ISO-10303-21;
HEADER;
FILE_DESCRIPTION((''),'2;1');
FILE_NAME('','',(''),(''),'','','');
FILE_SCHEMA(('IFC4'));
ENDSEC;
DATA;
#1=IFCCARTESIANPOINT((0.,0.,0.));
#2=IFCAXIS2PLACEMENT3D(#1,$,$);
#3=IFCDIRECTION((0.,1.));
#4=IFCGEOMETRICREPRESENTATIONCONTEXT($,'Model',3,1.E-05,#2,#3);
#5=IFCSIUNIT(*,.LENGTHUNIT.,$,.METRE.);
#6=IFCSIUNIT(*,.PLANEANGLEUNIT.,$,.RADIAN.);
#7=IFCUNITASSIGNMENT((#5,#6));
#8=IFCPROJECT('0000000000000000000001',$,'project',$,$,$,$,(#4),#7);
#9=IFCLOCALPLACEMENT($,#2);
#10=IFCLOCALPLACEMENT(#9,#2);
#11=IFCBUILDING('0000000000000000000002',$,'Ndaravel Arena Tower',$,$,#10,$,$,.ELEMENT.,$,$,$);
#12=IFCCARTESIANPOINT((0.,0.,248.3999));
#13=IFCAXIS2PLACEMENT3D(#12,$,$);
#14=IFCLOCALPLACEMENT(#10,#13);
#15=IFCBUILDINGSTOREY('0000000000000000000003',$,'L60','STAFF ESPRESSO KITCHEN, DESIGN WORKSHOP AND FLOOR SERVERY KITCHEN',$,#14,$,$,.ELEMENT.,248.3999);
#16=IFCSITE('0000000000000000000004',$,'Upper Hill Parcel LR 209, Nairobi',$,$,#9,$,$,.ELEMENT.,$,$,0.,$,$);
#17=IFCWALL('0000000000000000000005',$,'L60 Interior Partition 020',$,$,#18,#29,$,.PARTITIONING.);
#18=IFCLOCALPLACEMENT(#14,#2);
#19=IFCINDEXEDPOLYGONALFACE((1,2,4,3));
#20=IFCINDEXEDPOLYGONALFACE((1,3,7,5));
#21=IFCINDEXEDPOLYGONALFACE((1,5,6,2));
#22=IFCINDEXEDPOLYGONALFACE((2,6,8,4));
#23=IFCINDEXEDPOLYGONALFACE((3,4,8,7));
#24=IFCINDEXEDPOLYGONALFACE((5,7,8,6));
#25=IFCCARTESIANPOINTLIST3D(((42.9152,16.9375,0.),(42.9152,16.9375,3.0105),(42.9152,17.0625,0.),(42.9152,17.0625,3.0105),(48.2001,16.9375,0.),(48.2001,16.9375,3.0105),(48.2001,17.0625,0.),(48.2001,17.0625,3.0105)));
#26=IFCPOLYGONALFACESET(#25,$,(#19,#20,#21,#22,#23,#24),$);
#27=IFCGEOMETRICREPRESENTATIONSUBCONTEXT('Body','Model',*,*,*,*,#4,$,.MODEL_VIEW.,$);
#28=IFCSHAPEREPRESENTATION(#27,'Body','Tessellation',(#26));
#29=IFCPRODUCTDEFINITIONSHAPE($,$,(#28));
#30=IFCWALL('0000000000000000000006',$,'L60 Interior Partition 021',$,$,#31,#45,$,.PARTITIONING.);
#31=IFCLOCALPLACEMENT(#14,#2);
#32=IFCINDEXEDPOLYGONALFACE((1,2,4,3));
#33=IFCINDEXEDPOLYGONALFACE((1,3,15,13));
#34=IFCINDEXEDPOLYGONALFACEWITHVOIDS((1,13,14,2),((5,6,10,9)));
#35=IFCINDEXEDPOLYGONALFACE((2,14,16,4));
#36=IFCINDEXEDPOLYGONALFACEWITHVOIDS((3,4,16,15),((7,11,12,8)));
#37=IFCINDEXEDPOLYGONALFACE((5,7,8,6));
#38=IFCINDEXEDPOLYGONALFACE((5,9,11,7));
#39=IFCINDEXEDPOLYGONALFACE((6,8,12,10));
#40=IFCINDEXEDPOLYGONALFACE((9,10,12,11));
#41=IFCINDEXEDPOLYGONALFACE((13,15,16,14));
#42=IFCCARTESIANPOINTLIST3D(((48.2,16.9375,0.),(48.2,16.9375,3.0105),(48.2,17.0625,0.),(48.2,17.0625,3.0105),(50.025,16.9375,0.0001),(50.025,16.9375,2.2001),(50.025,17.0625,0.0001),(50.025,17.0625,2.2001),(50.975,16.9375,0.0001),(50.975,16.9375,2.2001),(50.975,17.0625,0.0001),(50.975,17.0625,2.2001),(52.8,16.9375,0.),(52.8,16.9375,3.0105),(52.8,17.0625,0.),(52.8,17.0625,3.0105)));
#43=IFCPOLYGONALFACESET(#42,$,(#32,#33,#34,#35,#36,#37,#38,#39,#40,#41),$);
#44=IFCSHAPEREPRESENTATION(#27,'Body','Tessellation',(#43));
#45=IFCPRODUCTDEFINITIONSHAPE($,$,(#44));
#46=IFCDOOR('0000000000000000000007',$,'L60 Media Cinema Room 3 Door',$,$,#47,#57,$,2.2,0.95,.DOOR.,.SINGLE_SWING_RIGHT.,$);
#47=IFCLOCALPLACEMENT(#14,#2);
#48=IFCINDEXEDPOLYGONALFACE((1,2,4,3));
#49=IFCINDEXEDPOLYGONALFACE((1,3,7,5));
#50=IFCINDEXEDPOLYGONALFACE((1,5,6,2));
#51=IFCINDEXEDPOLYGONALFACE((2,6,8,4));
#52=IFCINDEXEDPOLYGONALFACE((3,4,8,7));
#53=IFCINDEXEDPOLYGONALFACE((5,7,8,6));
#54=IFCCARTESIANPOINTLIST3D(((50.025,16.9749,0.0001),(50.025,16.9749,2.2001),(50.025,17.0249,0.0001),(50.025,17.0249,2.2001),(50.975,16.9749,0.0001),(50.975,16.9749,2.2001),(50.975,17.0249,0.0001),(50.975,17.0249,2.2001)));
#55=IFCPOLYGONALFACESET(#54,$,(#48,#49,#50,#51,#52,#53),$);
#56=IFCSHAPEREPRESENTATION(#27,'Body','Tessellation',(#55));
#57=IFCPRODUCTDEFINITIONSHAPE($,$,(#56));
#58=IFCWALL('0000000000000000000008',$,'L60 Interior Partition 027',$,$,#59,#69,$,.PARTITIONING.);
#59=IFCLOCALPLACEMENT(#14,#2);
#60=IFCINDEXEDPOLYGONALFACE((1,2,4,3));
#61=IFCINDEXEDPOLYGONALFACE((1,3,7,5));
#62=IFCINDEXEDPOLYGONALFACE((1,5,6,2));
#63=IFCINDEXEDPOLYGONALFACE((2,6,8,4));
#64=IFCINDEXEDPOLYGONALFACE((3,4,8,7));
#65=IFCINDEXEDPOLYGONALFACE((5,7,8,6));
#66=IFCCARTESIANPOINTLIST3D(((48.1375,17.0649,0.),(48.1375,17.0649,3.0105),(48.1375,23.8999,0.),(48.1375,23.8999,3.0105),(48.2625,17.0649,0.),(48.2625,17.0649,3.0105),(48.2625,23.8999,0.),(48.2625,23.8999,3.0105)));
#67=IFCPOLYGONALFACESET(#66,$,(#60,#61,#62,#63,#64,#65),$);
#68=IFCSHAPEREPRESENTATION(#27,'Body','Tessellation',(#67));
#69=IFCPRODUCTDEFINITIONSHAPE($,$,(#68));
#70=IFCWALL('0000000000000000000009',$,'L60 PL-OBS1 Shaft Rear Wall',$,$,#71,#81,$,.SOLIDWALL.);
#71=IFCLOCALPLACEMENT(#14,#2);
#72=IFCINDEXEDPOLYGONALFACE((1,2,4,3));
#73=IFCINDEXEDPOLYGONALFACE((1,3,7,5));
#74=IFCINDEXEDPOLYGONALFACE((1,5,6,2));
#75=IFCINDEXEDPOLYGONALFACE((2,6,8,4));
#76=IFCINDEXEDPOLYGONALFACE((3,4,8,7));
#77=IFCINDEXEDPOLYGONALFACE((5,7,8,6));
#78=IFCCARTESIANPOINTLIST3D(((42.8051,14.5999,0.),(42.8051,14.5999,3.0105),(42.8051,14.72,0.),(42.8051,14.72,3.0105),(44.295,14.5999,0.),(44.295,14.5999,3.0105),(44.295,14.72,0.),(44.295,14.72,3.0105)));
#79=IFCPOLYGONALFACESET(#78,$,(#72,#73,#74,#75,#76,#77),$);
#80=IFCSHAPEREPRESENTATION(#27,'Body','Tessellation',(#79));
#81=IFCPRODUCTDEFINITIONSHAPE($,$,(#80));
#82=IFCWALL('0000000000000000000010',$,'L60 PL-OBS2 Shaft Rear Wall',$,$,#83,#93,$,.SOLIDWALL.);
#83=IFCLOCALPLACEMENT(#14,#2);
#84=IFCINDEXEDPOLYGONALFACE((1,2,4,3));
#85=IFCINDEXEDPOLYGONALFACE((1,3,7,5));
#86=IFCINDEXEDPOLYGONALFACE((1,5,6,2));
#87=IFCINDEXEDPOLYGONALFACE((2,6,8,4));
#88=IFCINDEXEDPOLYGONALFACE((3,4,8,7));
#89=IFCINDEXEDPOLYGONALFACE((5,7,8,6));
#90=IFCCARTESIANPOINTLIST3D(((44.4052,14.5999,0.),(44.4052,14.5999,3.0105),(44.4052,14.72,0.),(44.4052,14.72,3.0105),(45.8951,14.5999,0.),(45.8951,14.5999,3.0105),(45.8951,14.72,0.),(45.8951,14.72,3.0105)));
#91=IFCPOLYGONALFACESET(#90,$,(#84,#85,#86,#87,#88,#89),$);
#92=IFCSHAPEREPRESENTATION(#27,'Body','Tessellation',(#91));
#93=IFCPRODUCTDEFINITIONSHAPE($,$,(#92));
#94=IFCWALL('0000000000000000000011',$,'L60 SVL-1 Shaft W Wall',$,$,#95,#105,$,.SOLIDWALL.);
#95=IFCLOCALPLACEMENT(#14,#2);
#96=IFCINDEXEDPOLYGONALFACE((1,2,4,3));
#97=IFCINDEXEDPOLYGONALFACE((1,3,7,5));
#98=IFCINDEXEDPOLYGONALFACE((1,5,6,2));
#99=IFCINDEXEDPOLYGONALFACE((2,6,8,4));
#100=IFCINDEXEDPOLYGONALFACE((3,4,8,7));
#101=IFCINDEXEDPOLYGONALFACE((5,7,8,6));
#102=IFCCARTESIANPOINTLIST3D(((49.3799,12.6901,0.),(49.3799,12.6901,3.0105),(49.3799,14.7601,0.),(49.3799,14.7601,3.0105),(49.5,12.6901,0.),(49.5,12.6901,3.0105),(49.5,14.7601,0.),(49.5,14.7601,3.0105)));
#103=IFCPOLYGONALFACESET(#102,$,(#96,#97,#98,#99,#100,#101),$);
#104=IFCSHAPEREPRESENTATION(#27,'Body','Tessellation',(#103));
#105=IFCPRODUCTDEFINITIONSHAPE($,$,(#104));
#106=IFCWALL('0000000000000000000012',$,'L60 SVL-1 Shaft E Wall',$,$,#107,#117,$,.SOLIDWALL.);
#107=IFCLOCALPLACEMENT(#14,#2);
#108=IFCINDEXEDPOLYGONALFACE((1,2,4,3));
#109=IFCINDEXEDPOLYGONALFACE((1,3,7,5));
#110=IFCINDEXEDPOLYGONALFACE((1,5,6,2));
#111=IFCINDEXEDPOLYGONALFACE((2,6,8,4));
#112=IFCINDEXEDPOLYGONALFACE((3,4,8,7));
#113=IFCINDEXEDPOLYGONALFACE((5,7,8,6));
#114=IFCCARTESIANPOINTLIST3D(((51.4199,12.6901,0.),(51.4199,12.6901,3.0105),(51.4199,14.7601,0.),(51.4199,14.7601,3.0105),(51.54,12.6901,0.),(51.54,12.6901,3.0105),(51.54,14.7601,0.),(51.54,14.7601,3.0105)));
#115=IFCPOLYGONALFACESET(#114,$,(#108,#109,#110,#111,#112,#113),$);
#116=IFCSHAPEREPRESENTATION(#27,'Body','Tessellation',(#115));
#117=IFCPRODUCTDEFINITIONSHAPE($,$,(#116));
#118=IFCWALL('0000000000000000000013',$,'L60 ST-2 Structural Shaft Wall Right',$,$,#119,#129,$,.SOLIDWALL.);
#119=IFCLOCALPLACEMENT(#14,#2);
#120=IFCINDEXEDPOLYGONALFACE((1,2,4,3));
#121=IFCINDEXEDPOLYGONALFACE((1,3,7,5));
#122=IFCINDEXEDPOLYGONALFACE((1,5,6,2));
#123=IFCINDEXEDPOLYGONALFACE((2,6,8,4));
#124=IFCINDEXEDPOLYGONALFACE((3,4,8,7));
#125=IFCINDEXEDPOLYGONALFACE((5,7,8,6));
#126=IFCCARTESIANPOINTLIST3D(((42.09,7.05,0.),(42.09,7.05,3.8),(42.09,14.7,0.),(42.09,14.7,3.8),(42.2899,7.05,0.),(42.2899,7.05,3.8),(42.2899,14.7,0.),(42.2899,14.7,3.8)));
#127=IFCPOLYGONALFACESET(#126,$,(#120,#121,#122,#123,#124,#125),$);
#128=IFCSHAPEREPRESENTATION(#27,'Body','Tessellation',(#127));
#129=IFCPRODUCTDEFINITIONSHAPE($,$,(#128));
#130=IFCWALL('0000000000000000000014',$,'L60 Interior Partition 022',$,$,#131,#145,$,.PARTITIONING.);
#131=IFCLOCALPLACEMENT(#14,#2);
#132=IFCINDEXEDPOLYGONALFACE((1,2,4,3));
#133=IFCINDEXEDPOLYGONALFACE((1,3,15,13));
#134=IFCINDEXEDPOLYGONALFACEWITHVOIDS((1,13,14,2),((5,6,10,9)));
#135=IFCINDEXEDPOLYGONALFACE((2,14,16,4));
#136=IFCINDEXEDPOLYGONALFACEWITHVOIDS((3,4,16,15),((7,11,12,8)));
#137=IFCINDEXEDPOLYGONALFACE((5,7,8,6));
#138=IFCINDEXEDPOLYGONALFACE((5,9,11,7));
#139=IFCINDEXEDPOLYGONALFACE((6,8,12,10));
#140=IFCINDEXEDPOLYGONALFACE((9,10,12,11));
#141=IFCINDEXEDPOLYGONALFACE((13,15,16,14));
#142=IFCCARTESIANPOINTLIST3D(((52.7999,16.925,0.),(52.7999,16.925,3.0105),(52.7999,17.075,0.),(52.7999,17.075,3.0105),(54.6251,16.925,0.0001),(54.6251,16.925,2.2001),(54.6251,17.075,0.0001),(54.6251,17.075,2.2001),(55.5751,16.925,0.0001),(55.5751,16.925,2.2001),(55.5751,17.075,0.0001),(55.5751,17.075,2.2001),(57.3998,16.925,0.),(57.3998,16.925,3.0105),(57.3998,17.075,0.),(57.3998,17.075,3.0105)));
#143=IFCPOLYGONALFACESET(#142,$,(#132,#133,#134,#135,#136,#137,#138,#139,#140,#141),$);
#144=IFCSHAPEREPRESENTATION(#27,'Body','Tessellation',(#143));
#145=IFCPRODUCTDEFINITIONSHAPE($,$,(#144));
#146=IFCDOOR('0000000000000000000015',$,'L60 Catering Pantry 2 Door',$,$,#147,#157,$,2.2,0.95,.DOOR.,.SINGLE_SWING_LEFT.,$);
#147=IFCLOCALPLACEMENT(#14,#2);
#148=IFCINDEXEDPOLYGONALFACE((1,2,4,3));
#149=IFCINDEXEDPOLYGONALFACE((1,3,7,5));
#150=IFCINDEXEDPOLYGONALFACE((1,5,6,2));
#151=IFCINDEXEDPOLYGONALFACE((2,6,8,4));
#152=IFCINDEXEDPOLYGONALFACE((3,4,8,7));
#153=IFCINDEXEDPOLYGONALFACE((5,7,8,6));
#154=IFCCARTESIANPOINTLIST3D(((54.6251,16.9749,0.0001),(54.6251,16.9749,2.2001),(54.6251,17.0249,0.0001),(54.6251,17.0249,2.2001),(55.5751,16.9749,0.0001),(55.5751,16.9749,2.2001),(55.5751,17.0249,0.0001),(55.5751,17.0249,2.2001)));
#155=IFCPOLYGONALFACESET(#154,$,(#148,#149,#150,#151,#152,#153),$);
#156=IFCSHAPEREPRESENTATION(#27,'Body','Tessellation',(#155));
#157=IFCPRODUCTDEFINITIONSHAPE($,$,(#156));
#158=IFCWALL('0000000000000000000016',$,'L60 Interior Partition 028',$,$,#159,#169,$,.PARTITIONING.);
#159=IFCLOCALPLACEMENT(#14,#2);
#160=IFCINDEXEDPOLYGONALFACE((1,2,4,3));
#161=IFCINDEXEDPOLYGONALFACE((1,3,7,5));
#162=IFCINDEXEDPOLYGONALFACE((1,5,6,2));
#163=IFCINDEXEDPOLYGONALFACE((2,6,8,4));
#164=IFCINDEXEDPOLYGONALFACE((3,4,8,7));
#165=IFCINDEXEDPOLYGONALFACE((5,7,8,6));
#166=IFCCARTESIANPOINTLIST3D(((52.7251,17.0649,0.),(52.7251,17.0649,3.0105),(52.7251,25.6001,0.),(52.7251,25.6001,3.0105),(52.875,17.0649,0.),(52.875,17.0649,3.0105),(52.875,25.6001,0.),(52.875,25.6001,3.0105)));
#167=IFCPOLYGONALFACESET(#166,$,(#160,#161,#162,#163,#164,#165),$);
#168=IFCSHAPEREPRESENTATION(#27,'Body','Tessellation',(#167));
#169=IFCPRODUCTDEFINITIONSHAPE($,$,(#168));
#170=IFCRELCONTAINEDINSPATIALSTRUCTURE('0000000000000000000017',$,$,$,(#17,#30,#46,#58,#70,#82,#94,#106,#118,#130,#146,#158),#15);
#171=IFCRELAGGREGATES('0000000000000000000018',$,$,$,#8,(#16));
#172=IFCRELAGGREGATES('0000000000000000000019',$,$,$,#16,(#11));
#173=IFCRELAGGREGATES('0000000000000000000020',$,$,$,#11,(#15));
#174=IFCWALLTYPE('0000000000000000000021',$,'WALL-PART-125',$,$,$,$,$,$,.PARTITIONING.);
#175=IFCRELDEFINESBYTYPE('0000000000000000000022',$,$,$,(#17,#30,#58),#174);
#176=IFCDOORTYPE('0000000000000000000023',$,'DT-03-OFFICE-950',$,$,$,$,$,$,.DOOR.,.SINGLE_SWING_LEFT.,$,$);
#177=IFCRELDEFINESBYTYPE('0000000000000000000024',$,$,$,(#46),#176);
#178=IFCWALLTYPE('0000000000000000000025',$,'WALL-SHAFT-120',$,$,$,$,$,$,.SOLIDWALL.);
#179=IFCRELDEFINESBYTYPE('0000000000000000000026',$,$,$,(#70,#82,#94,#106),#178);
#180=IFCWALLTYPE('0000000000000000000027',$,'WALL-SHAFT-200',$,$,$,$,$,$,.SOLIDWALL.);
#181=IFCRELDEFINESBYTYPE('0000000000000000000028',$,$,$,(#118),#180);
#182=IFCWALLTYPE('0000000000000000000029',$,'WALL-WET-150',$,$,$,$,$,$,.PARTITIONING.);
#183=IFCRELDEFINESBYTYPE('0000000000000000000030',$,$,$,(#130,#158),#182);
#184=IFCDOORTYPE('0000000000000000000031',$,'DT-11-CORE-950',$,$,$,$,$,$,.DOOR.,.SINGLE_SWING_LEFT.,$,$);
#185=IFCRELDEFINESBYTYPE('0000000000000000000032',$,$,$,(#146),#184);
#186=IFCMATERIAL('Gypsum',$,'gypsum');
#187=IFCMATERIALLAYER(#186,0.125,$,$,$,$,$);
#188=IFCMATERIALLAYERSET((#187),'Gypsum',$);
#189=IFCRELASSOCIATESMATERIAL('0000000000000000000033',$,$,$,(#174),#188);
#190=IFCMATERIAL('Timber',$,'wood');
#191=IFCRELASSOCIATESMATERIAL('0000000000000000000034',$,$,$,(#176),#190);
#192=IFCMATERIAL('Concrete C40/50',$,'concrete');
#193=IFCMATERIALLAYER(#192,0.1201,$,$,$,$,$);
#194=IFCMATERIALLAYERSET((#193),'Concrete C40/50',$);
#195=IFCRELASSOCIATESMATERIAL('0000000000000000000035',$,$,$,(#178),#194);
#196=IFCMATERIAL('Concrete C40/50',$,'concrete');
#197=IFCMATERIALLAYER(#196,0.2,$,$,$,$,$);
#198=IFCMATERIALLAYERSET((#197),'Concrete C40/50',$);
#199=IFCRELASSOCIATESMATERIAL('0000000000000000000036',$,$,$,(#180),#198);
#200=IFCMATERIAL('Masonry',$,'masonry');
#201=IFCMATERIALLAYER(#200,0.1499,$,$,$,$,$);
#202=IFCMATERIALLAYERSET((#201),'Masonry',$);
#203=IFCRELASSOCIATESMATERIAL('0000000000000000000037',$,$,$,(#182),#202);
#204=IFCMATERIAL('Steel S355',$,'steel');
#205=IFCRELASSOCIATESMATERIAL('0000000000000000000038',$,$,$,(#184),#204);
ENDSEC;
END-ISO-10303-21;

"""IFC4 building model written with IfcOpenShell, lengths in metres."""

from ifc_helpers import new_model, si_unit, direction, frame, frame_2d, origin, place, context, subcontext, project, spatial, rectangle, extrude, material, layer, layer_set, type_object, element, fill, save


model = new_model("IFC4")

# Units and contexts
model_context = context("Model", 3, precision=1e-05, world=origin(), true_north=direction((0.0, 1.0)))
body_context = subcontext(model_context, "Body", "Model", "MODEL_VIEW")
ifc_project = project(units=[si_unit("LENGTHUNIT", "METRE"), si_unit("PLANEANGLEUNIT", "RADIAN")], contexts=[model_context])

# Site, building, storey
site_placement = place(None, origin())
site = spatial("IfcSite", under=ifc_project, at=site_placement, Name="Upper Hill Parcel LR 209, Nairobi", CompositionType="ELEMENT", RefElevation=0.0)
building_placement = place(site_placement, origin())
building = spatial("IfcBuilding", under=site, at=building_placement, Name="Ndaravel Arena Tower", CompositionType="ELEMENT")
storey_placement = place(building_placement, frame((0.0, 0.0, 248.3999)))
storey = spatial("IfcBuildingStorey", under=building, at=storey_placement, Name="L60", Description="STAFF ESPRESSO KITCHEN, DESIGN WORKSHOP AND FLOOR SERVERY KITCHEN", CompositionType="ELEMENT", Elevation=248.3999)

# Shared definitions
ifc_material_1 = material(Name="Gypsum", Category="gypsum")
ifc_layer_1 = layer(ifc_material_1, 0.125)
ifc_layer_set_1 = layer_set([ifc_layer_1], Name="Gypsum")
wall_type_1 = type_object("IfcWallType", Name="WALL-PART-125", PredefinedType="PARTITIONING", material=ifc_layer_set_1)

# Wall
wall_1_placement = place(storey_placement, frame((42.915, 17.0, 0.0), z_axis=(0.0, 0.0, 1.0), x_axis=(1.0, 0.0, 0.0)))
element("IfcWall", 1, at=wall_1_placement, inside=storey, type_object=wall_type_1, Name="L60 Interior Partition 020", PredefinedType="PARTITIONING", context=body_context, shape_type="SweptSolid", body=[
    extrude(rectangle(XDim=5.2849, YDim=0.125, at=frame_2d((2.6426, 0.0))), origin(), (0.0, 0.0, 1.0), 3.0105),
])

# Wall, opening, door
wall_2_placement = place(storey_placement, frame((48.2, 17.0, 0.0), z_axis=(0.0, 0.0, 1.0), x_axis=(1.0, 0.0, 0.0)))
wall_2 = element("IfcWall", 2, at=wall_2_placement, inside=storey, type_object=wall_type_1, Name="L60 Interior Partition 021", PredefinedType="PARTITIONING", context=body_context, shape_type="SweptSolid", body=[
    extrude(rectangle(XDim=4.6001, YDim=0.125, at=frame_2d((2.3, 0.0))), origin(), (0.0, 0.0, 1.0), 3.0105),
])
opening_1_placement = place(wall_2_placement, frame((1.825, 0.0, 0.0)))
opening_1 = element("IfcOpeningElement", 3, at=opening_1_placement, cuts=wall_2, PredefinedType="OPENING", context=body_context, shape_type="SweptSolid", body=[
    extrude(rectangle(XDim=0.95, YDim=2.2, at=frame_2d((0.4751, 1.1001))), frame((0.0, 0.0625, 0.0), z_axis=(0.0, -1.0, 0.0), x_axis=(1.0, 0.0, 0.0)), (0.0, 0.0, 1.0), 0.125),
])
ifc_material_2 = material(Name="Timber", Category="wood")
door_type_1 = type_object("IfcDoorType", Name="DT-03-OFFICE-950", OperationType="SINGLE_SWING_LEFT", PredefinedType="DOOR", material=ifc_material_2)
door_1_placement = place(opening_1_placement, origin())
door_1 = element("IfcDoor", 4, at=door_1_placement, inside=storey, type_object=door_type_1, Name="L60 Media Cinema Room 3 Door", OperationType="SINGLE_SWING_RIGHT", OverallHeight=2.2, OverallWidth=0.95, PredefinedType="DOOR", context=body_context, shape_type="SweptSolid", body=[
    extrude(rectangle(XDim=0.95, YDim=2.2, at=frame_2d((0.4751, 1.1001))), frame((0.0, 0.0249, 0.0), z_axis=(0.0, -1.0, 0.0), x_axis=(1.0, 0.0, 0.0)), (0.0, 0.0, 1.0), 0.05),
])
fill(opening_1, door_1)

# Walls
wall_3_placement = place(storey_placement, frame((48.2, 23.8999, 0.0), z_axis=(0.0, 0.0, 1.0), x_axis=(0.0, -1.0, 0.0)))
element("IfcWall", 5, at=wall_3_placement, inside=storey, type_object=wall_type_1, Name="L60 Interior Partition 027", PredefinedType="PARTITIONING", context=body_context, shape_type="SweptSolid", body=[
    extrude(rectangle(XDim=6.835, YDim=0.125, at=frame_2d((3.4175, 0.0))), origin(), (0.0, 0.0, 1.0), 3.0105),
])
ifc_material_3 = material(Name="Concrete C40/50", Category="concrete")
ifc_layer_2 = layer(ifc_material_3, 0.1201)
ifc_layer_set_2 = layer_set([ifc_layer_2], Name="Concrete C40/50")
wall_type_2 = type_object("IfcWallType", Name="WALL-SHAFT-120", PredefinedType="SOLIDWALL", material=ifc_layer_set_2)
for number, where, z_axis, x_axis, name in (
    (6, (42.8049, 14.6599, 0.0), (0.0, 0.0, 1.0), (1.0, 0.0, 0.0), "L60 PL-OBS1 Shaft Rear Wall"),
    (7, (44.405, 14.6599, 0.0), (0.0, 0.0, 1.0), (1.0, 0.0, 0.0), "L60 PL-OBS2 Shaft Rear Wall"),
):
    element("IfcWall", number, at=place(storey_placement, frame(where, z_axis=z_axis, x_axis=x_axis)), inside=storey, type_object=wall_type_2, Name=name, PredefinedType="SOLIDWALL", context=body_context, shape_type="SweptSolid", body=[
        extrude(rectangle(XDim=1.49, YDim=0.1201, at=frame_2d((0.7451, 0.0))), origin(), (0.0, 0.0, 1.0), 3.0105),
    ])
for number, where, z_axis, x_axis, name in (
    (8, (49.4399, 12.6899, 0.0), (0.0, 0.0, 1.0), (0.0, 1.0, 0.0), "L60 SVL-1 Shaft W Wall"),
    (9, (51.48, 12.6899, 0.0), (0.0, 0.0, 1.0), (0.0, 1.0, 0.0), "L60 SVL-1 Shaft E Wall"),
):
    element("IfcWall", number, at=place(storey_placement, frame(where, z_axis=z_axis, x_axis=x_axis)), inside=storey, type_object=wall_type_2, Name=name, PredefinedType="SOLIDWALL", context=body_context, shape_type="SweptSolid", body=[
        extrude(rectangle(XDim=2.0701, YDim=0.1201, at=frame_2d((1.0352, 0.0))), origin(), (0.0, 0.0, 1.0), 3.0105),
    ])
ifc_material_4 = material(Name="Concrete C40/50", Category="concrete")
ifc_layer_3 = layer(ifc_material_4, 0.2)
ifc_layer_set_3 = layer_set([ifc_layer_3], Name="Concrete C40/50")
wall_type_3 = type_object("IfcWallType", Name="WALL-SHAFT-200", PredefinedType="SOLIDWALL", material=ifc_layer_set_3)
wall_4_placement = place(storey_placement, frame((42.1899, 14.7, 0.0), z_axis=(0.0, 0.0, 1.0), x_axis=(0.0, -1.0, 0.0)))
element("IfcWall", 10, at=wall_4_placement, inside=storey, type_object=wall_type_3, Name="L60 ST-2 Structural Shaft Wall Right", PredefinedType="SOLIDWALL", context=body_context, shape_type="SweptSolid", body=[
    extrude(rectangle(XDim=7.6499, YDim=0.2, at=frame_2d((3.825, 0.0))), origin(), (0.0, 0.0, 1.0), 3.8),
])

# Wall, opening, door
ifc_material_5 = material(Name="Masonry", Category="masonry")
ifc_layer_4 = layer(ifc_material_5, 0.1499)
ifc_layer_set_4 = layer_set([ifc_layer_4], Name="Masonry")
wall_type_4 = type_object("IfcWallType", Name="WALL-WET-150", PredefinedType="PARTITIONING", material=ifc_layer_set_4)
wall_5_placement = place(storey_placement, frame((52.8, 17.0, 0.0), z_axis=(0.0, 0.0, 1.0), x_axis=(1.0, 0.0, 0.0)))
wall_5 = element("IfcWall", 11, at=wall_5_placement, inside=storey, type_object=wall_type_4, Name="L60 Interior Partition 022", PredefinedType="PARTITIONING", context=body_context, shape_type="SweptSolid", body=[
    extrude(rectangle(XDim=4.5999, YDim=0.1499, at=frame_2d((2.2998, 0.0))), origin(), (0.0, 0.0, 1.0), 3.0105),
])
opening_2_placement = place(wall_5_placement, frame((1.825, 0.0, 0.0)))
opening_2 = element("IfcOpeningElement", 12, at=opening_2_placement, cuts=wall_5, PredefinedType="OPENING", context=body_context, shape_type="SweptSolid", body=[
    extrude(rectangle(XDim=0.95, YDim=2.2, at=frame_2d((0.4751, 1.1001))), frame((0.0, 0.075, 0.0), z_axis=(0.0, -1.0, 0.0), x_axis=(1.0, 0.0, 0.0)), (0.0, 0.0, 1.0), 0.1499),
])
ifc_material_6 = material(Name="Steel S355", Category="steel")
door_type_2 = type_object("IfcDoorType", Name="DT-11-CORE-950", OperationType="SINGLE_SWING_LEFT", PredefinedType="DOOR", material=ifc_material_6)
door_2_placement = place(opening_2_placement, origin())
door_2 = element("IfcDoor", 13, at=door_2_placement, inside=storey, type_object=door_type_2, Name="L60 Catering Pantry 2 Door", OperationType="SINGLE_SWING_LEFT", OverallHeight=2.2, OverallWidth=0.95, PredefinedType="DOOR", context=body_context, shape_type="SweptSolid", body=[
    extrude(rectangle(XDim=0.95, YDim=2.2, at=frame_2d((0.4751, 1.1001))), frame((0.0, 0.0249, 0.0), z_axis=(0.0, -1.0, 0.0), x_axis=(1.0, 0.0, 0.0)), (0.0, 0.0, 1.0), 0.05),
])
fill(opening_2, door_2)

# Wall
wall_6_placement = place(storey_placement, frame((52.8, 17.0649, 0.0), z_axis=(0.0, 0.0, 1.0), x_axis=(0.0, 1.0, 0.0)))
element("IfcWall", 14, at=wall_6_placement, inside=storey, type_object=wall_type_4, Name="L60 Interior Partition 028", PredefinedType="PARTITIONING", context=body_context, shape_type="SweptSolid", body=[
    extrude(rectangle(XDim=8.5352, YDim=0.1499, at=frame_2d((4.2676, 0.0))), origin(), (0.0, 0.0, 1.0), 3.0105),
])

save(model, "model.ifc")
